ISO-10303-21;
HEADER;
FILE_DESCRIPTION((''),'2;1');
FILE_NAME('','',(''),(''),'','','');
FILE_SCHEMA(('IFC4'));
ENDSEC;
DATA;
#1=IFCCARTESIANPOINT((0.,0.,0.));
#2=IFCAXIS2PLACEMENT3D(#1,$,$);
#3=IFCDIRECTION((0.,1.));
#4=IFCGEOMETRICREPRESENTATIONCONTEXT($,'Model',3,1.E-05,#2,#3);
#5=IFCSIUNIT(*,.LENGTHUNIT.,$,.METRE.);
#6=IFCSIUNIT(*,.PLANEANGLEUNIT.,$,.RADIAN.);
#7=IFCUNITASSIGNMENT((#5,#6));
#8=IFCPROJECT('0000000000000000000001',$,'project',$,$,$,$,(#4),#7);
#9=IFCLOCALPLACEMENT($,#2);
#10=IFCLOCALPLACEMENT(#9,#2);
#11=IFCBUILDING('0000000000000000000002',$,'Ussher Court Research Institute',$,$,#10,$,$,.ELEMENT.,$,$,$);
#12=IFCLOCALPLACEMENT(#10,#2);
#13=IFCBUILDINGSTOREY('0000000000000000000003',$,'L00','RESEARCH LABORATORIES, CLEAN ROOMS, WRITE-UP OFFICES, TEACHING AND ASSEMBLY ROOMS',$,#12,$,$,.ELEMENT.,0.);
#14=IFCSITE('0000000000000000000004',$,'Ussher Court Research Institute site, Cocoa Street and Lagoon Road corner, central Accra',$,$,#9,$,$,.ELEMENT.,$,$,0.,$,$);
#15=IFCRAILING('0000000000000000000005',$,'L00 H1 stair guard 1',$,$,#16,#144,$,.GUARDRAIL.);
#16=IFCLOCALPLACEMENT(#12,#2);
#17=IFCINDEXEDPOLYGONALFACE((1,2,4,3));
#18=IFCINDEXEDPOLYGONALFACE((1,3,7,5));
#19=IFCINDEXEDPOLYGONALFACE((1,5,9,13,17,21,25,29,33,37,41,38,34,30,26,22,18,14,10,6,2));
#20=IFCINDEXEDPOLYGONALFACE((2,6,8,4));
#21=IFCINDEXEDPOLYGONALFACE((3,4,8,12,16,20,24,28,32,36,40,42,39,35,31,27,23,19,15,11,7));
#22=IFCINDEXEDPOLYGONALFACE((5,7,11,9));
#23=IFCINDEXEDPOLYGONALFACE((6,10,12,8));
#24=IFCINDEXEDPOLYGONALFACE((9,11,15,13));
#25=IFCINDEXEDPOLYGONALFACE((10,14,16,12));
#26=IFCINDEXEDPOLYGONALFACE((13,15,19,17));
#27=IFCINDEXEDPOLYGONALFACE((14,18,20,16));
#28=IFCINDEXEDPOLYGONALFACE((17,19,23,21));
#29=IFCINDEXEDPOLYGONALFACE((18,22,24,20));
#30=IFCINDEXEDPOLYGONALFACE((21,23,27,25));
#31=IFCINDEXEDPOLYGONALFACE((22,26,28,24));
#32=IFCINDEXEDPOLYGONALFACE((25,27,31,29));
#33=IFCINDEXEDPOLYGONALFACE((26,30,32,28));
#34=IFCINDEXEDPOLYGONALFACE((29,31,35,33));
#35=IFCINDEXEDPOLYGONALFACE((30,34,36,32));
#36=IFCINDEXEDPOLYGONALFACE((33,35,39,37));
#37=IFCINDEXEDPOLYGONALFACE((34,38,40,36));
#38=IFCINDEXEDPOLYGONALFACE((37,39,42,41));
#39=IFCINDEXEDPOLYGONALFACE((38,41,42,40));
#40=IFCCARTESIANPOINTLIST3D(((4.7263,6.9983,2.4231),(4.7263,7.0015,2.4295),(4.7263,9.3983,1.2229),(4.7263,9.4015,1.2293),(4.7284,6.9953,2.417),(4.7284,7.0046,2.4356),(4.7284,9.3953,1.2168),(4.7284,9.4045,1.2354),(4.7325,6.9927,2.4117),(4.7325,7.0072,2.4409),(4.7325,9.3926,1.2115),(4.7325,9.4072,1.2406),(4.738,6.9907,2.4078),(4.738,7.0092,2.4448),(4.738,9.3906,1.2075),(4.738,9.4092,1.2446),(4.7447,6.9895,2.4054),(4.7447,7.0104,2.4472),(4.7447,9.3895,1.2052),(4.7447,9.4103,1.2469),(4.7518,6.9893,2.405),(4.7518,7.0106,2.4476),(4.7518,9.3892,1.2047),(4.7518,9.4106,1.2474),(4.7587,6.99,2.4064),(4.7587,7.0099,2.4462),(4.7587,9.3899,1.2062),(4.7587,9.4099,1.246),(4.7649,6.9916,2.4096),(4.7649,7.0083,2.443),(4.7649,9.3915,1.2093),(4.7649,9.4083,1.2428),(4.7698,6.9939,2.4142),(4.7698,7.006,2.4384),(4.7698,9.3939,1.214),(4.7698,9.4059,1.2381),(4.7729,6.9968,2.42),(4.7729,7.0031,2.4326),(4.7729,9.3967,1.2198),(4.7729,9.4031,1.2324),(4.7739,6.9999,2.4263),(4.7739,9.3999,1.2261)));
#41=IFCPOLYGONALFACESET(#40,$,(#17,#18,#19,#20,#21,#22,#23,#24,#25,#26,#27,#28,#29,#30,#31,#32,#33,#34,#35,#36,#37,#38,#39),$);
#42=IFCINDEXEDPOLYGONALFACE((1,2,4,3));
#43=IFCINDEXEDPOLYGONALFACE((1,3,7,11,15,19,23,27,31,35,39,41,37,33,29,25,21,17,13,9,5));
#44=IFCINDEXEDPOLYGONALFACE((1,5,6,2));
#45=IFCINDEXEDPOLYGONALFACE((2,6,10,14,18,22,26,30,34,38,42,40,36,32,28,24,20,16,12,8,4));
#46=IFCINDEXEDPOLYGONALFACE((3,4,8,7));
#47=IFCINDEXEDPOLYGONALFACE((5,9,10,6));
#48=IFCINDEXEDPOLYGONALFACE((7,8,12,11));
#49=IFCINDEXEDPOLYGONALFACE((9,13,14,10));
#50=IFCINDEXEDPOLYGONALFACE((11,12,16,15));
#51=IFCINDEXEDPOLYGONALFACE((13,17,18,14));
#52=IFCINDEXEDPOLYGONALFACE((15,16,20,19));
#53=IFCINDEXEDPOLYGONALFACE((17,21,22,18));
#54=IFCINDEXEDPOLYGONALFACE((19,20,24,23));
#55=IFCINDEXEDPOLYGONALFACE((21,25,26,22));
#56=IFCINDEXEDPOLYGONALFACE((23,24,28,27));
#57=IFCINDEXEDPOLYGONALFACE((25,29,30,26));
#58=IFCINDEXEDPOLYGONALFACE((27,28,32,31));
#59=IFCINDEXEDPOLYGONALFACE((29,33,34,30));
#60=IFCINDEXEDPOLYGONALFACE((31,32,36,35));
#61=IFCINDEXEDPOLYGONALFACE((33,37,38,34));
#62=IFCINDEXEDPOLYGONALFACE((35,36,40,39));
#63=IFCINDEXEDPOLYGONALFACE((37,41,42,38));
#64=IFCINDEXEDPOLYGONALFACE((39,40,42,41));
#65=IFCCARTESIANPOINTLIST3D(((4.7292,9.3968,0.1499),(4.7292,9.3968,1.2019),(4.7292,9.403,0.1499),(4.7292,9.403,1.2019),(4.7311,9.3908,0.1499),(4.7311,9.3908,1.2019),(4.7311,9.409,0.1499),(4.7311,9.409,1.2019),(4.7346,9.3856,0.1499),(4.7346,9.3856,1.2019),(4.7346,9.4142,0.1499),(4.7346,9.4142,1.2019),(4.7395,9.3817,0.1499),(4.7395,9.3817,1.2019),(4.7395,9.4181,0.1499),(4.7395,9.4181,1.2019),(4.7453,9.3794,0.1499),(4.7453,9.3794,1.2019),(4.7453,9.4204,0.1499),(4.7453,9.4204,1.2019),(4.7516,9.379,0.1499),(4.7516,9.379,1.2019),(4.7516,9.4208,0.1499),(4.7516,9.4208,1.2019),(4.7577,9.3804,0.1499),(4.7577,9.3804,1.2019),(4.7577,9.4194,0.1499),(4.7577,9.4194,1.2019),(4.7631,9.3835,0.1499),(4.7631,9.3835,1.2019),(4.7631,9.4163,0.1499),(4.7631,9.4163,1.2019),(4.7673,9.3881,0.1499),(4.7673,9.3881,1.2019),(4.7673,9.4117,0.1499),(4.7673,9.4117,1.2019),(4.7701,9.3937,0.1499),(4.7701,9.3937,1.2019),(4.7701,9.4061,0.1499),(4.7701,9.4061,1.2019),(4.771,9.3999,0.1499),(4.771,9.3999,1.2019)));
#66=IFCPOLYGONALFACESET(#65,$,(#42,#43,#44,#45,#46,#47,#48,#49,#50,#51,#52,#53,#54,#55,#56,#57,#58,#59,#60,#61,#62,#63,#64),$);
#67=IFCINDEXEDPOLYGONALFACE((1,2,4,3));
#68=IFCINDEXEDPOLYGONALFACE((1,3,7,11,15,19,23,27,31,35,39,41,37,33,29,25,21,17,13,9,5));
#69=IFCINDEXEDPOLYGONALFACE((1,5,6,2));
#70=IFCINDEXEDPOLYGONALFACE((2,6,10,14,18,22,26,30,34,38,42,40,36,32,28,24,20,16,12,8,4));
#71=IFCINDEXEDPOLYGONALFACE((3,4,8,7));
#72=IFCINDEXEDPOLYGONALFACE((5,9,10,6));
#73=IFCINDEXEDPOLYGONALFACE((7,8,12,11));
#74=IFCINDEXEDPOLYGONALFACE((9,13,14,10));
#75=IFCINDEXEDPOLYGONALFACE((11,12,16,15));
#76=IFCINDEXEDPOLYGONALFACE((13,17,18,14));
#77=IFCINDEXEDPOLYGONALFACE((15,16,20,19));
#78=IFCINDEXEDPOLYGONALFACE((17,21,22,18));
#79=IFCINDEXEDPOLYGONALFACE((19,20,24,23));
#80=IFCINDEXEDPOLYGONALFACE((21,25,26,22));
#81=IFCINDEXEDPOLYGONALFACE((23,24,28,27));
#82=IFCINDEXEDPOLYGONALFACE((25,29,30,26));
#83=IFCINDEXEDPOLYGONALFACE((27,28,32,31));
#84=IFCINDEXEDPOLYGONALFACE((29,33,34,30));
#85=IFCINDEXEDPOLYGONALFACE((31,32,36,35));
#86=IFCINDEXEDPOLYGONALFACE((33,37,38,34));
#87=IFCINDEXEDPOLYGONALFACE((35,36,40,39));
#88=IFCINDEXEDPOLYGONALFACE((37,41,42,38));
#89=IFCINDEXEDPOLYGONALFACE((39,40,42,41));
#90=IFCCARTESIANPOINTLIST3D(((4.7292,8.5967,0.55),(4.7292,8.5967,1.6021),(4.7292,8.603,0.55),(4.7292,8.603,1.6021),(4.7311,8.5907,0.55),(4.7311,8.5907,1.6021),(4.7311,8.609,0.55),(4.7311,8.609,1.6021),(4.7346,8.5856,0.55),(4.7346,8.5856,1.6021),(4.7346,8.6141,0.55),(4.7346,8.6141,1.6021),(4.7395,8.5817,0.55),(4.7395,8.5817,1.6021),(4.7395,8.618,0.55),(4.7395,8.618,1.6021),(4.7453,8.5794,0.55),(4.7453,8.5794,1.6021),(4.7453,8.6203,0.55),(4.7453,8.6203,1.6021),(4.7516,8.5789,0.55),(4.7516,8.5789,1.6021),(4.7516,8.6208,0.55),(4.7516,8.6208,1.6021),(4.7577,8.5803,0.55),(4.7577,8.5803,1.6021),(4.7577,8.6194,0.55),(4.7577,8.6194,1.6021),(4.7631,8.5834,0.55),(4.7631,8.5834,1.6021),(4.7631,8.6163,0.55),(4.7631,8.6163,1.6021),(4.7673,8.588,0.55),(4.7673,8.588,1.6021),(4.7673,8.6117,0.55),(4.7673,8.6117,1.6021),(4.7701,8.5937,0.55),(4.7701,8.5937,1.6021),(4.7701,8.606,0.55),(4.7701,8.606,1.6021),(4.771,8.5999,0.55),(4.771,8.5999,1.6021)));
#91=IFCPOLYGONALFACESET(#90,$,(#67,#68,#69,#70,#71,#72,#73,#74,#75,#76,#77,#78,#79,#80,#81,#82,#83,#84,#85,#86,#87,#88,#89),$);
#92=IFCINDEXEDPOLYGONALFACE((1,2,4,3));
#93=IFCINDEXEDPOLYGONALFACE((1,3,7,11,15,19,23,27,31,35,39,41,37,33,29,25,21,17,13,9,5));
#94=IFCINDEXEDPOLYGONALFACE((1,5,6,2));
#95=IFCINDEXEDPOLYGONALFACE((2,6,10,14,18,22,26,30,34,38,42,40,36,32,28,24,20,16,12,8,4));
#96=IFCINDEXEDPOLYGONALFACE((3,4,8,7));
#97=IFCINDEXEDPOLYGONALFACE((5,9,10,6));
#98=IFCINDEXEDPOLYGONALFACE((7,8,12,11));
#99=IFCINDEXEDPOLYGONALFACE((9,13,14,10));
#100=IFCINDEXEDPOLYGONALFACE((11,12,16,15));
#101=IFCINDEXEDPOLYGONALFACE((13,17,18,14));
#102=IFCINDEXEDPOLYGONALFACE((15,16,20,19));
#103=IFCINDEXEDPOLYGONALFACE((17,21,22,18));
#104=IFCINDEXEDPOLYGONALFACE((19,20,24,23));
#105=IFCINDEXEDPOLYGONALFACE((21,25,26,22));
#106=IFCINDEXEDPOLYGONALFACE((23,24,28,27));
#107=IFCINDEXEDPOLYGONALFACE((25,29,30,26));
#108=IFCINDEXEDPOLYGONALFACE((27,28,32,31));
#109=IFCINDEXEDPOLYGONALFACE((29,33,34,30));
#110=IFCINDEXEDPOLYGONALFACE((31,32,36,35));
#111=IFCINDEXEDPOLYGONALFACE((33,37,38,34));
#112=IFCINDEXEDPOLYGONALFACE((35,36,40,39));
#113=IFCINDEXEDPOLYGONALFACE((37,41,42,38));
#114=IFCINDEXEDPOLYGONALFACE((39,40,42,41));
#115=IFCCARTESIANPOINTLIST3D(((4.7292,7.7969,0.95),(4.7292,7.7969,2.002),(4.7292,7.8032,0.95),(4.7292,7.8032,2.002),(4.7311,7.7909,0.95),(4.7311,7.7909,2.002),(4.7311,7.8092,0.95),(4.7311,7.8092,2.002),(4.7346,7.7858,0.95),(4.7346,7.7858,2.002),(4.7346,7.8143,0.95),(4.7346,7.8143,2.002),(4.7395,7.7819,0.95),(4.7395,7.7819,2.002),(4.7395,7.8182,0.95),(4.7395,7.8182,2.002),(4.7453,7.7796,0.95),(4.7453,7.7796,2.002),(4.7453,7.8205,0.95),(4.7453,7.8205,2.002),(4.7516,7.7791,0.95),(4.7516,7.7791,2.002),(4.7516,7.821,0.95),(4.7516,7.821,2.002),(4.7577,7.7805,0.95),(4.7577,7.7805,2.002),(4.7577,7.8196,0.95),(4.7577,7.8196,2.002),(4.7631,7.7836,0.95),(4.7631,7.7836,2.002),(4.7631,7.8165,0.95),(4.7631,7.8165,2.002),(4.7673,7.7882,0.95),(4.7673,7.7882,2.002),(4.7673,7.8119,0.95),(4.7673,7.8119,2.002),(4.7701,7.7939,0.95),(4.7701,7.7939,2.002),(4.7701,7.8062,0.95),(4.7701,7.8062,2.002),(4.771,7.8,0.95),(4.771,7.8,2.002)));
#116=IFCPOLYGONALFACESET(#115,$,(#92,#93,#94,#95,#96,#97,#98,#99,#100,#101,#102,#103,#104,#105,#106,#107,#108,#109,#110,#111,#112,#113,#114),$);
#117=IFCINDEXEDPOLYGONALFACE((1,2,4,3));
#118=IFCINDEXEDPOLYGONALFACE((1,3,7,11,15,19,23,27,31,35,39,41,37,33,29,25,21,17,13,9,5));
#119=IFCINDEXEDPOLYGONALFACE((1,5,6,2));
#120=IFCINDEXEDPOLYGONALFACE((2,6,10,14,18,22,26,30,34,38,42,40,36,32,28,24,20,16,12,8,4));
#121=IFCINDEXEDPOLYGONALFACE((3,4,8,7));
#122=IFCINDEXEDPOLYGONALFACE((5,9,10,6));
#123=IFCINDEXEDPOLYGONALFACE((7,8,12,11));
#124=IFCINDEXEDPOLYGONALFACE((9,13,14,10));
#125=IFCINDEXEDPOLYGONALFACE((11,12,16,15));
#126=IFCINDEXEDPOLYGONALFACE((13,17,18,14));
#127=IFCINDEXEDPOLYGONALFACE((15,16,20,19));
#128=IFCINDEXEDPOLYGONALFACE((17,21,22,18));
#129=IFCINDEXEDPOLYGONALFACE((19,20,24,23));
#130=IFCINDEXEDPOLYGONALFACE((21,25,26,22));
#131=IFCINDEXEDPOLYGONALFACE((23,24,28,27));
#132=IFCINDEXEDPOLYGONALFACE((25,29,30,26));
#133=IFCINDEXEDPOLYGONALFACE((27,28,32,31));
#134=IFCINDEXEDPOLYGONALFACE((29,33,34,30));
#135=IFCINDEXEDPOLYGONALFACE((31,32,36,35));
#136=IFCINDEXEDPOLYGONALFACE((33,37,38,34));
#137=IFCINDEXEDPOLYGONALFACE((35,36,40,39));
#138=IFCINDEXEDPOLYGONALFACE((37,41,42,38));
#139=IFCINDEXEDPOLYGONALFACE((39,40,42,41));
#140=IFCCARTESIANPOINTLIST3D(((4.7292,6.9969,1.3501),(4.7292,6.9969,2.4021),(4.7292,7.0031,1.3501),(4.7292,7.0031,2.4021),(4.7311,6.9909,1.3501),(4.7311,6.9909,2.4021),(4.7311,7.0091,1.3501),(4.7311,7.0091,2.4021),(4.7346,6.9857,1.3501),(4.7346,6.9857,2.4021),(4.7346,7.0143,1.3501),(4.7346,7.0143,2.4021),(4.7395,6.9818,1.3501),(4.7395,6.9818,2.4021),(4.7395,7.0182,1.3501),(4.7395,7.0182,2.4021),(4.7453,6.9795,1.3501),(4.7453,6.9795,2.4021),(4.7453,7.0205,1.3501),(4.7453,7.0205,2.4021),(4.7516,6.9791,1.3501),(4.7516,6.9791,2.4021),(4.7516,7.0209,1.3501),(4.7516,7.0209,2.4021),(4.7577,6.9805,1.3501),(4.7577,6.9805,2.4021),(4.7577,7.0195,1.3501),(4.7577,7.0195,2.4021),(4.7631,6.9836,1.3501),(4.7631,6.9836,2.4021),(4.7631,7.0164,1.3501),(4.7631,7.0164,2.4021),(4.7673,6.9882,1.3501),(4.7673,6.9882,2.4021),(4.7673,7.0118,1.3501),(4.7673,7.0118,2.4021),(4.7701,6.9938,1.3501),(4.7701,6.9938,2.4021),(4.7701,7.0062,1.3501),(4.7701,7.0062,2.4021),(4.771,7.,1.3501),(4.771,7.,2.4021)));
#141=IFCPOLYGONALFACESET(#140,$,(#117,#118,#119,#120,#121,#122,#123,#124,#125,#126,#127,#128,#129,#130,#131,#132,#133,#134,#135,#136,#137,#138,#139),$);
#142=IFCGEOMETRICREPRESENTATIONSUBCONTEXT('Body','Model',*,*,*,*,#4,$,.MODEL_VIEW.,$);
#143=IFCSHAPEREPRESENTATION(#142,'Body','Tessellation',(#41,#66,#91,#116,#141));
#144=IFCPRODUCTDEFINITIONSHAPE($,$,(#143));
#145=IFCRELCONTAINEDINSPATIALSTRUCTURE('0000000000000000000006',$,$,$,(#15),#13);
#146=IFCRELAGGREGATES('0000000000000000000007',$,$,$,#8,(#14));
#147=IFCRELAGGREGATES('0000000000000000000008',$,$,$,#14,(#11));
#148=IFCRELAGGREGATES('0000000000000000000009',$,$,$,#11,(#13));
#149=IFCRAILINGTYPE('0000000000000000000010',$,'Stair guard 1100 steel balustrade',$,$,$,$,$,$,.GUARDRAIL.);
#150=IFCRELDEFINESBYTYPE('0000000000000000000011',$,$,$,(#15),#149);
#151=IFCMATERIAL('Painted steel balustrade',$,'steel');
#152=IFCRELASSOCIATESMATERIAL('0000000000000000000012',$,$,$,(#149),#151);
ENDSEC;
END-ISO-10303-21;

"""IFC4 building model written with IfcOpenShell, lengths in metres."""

from ifc_helpers import new_model, si_unit, direction, frame, origin, origin_2d, place, context, subcontext, project, spatial, circle, extrude, material, type_object, element, save


model = new_model("IFC4")

# Units and contexts
model_context = context("Model", 3, precision=1e-05, world=origin(), true_north=direction((0.0, 1.0)))
body_context = subcontext(model_context, "Body", "Model", "MODEL_VIEW")
ifc_project = project(units=[si_unit("LENGTHUNIT", "METRE"), si_unit("PLANEANGLEUNIT", "RADIAN")], contexts=[model_context])

# Site, building, storey
site_placement = place(None, origin())
site = spatial("IfcSite", under=ifc_project, at=site_placement, Name="Ussher Court Research Institute site, Cocoa Street and Lagoon Road corner, central Accra", CompositionType="ELEMENT", RefElevation=0.0)
building_placement = place(site_placement, origin())
building = spatial("IfcBuilding", under=site, at=building_placement, Name="Ussher Court Research Institute", CompositionType="ELEMENT")
storey_placement = place(building_placement, origin())
storey = spatial("IfcBuildingStorey", under=building, at=storey_placement, Name="L00", Description="RESEARCH LABORATORIES, CLEAN ROOMS, WRITE-UP OFFICES, TEACHING AND ASSEMBLY ROOMS", CompositionType="ELEMENT", Elevation=0.0)

# Railing
ifc_material_1 = material(Name="Painted steel balustrade", Category="steel")
railing_type_1 = type_object("IfcRailingType", Name="Stair guard 1100 steel balustrade", PredefinedType="GUARDRAIL", material=ifc_material_1)
railing_1_placement = place(storey_placement, frame((4.75, 9.3999, 0.1499)))
element("IfcRailing", 1, at=railing_1_placement, inside=storey, type_object=railing_type_1, Name="L00 H1 stair guard 1", PredefinedType="GUARDRAIL", context=body_context, shape_type="SweptSolid", body=[
    extrude(circle(Radius=0.0239, at=origin_2d()), frame((0.0, 0.0, 1.0762), z_axis=(0.0, -0.894391, 0.447286), x_axis=(1.0, 0.0, 0.0)), (0.0, 0.0, 1.0), 2.6833),
    extrude(circle(Radius=0.021, at=origin_2d()), origin(), (0.0, 0.0, 1.0), 1.052),
    extrude(circle(Radius=0.021, at=origin_2d()), frame((0.0, -0.8, 0.4001)), (0.0, 0.0, 1.0), 1.052),
    extrude(circle(Radius=0.021, at=origin_2d()), frame((0.0, -1.5999, 0.8)), (0.0, 0.0, 1.0), 1.052),
    extrude(circle(Radius=0.021, at=origin_2d()), frame((0.0, -2.3999, 1.2002)), (0.0, 0.0, 1.0), 1.052),
])

save(model, "model.ifc")
